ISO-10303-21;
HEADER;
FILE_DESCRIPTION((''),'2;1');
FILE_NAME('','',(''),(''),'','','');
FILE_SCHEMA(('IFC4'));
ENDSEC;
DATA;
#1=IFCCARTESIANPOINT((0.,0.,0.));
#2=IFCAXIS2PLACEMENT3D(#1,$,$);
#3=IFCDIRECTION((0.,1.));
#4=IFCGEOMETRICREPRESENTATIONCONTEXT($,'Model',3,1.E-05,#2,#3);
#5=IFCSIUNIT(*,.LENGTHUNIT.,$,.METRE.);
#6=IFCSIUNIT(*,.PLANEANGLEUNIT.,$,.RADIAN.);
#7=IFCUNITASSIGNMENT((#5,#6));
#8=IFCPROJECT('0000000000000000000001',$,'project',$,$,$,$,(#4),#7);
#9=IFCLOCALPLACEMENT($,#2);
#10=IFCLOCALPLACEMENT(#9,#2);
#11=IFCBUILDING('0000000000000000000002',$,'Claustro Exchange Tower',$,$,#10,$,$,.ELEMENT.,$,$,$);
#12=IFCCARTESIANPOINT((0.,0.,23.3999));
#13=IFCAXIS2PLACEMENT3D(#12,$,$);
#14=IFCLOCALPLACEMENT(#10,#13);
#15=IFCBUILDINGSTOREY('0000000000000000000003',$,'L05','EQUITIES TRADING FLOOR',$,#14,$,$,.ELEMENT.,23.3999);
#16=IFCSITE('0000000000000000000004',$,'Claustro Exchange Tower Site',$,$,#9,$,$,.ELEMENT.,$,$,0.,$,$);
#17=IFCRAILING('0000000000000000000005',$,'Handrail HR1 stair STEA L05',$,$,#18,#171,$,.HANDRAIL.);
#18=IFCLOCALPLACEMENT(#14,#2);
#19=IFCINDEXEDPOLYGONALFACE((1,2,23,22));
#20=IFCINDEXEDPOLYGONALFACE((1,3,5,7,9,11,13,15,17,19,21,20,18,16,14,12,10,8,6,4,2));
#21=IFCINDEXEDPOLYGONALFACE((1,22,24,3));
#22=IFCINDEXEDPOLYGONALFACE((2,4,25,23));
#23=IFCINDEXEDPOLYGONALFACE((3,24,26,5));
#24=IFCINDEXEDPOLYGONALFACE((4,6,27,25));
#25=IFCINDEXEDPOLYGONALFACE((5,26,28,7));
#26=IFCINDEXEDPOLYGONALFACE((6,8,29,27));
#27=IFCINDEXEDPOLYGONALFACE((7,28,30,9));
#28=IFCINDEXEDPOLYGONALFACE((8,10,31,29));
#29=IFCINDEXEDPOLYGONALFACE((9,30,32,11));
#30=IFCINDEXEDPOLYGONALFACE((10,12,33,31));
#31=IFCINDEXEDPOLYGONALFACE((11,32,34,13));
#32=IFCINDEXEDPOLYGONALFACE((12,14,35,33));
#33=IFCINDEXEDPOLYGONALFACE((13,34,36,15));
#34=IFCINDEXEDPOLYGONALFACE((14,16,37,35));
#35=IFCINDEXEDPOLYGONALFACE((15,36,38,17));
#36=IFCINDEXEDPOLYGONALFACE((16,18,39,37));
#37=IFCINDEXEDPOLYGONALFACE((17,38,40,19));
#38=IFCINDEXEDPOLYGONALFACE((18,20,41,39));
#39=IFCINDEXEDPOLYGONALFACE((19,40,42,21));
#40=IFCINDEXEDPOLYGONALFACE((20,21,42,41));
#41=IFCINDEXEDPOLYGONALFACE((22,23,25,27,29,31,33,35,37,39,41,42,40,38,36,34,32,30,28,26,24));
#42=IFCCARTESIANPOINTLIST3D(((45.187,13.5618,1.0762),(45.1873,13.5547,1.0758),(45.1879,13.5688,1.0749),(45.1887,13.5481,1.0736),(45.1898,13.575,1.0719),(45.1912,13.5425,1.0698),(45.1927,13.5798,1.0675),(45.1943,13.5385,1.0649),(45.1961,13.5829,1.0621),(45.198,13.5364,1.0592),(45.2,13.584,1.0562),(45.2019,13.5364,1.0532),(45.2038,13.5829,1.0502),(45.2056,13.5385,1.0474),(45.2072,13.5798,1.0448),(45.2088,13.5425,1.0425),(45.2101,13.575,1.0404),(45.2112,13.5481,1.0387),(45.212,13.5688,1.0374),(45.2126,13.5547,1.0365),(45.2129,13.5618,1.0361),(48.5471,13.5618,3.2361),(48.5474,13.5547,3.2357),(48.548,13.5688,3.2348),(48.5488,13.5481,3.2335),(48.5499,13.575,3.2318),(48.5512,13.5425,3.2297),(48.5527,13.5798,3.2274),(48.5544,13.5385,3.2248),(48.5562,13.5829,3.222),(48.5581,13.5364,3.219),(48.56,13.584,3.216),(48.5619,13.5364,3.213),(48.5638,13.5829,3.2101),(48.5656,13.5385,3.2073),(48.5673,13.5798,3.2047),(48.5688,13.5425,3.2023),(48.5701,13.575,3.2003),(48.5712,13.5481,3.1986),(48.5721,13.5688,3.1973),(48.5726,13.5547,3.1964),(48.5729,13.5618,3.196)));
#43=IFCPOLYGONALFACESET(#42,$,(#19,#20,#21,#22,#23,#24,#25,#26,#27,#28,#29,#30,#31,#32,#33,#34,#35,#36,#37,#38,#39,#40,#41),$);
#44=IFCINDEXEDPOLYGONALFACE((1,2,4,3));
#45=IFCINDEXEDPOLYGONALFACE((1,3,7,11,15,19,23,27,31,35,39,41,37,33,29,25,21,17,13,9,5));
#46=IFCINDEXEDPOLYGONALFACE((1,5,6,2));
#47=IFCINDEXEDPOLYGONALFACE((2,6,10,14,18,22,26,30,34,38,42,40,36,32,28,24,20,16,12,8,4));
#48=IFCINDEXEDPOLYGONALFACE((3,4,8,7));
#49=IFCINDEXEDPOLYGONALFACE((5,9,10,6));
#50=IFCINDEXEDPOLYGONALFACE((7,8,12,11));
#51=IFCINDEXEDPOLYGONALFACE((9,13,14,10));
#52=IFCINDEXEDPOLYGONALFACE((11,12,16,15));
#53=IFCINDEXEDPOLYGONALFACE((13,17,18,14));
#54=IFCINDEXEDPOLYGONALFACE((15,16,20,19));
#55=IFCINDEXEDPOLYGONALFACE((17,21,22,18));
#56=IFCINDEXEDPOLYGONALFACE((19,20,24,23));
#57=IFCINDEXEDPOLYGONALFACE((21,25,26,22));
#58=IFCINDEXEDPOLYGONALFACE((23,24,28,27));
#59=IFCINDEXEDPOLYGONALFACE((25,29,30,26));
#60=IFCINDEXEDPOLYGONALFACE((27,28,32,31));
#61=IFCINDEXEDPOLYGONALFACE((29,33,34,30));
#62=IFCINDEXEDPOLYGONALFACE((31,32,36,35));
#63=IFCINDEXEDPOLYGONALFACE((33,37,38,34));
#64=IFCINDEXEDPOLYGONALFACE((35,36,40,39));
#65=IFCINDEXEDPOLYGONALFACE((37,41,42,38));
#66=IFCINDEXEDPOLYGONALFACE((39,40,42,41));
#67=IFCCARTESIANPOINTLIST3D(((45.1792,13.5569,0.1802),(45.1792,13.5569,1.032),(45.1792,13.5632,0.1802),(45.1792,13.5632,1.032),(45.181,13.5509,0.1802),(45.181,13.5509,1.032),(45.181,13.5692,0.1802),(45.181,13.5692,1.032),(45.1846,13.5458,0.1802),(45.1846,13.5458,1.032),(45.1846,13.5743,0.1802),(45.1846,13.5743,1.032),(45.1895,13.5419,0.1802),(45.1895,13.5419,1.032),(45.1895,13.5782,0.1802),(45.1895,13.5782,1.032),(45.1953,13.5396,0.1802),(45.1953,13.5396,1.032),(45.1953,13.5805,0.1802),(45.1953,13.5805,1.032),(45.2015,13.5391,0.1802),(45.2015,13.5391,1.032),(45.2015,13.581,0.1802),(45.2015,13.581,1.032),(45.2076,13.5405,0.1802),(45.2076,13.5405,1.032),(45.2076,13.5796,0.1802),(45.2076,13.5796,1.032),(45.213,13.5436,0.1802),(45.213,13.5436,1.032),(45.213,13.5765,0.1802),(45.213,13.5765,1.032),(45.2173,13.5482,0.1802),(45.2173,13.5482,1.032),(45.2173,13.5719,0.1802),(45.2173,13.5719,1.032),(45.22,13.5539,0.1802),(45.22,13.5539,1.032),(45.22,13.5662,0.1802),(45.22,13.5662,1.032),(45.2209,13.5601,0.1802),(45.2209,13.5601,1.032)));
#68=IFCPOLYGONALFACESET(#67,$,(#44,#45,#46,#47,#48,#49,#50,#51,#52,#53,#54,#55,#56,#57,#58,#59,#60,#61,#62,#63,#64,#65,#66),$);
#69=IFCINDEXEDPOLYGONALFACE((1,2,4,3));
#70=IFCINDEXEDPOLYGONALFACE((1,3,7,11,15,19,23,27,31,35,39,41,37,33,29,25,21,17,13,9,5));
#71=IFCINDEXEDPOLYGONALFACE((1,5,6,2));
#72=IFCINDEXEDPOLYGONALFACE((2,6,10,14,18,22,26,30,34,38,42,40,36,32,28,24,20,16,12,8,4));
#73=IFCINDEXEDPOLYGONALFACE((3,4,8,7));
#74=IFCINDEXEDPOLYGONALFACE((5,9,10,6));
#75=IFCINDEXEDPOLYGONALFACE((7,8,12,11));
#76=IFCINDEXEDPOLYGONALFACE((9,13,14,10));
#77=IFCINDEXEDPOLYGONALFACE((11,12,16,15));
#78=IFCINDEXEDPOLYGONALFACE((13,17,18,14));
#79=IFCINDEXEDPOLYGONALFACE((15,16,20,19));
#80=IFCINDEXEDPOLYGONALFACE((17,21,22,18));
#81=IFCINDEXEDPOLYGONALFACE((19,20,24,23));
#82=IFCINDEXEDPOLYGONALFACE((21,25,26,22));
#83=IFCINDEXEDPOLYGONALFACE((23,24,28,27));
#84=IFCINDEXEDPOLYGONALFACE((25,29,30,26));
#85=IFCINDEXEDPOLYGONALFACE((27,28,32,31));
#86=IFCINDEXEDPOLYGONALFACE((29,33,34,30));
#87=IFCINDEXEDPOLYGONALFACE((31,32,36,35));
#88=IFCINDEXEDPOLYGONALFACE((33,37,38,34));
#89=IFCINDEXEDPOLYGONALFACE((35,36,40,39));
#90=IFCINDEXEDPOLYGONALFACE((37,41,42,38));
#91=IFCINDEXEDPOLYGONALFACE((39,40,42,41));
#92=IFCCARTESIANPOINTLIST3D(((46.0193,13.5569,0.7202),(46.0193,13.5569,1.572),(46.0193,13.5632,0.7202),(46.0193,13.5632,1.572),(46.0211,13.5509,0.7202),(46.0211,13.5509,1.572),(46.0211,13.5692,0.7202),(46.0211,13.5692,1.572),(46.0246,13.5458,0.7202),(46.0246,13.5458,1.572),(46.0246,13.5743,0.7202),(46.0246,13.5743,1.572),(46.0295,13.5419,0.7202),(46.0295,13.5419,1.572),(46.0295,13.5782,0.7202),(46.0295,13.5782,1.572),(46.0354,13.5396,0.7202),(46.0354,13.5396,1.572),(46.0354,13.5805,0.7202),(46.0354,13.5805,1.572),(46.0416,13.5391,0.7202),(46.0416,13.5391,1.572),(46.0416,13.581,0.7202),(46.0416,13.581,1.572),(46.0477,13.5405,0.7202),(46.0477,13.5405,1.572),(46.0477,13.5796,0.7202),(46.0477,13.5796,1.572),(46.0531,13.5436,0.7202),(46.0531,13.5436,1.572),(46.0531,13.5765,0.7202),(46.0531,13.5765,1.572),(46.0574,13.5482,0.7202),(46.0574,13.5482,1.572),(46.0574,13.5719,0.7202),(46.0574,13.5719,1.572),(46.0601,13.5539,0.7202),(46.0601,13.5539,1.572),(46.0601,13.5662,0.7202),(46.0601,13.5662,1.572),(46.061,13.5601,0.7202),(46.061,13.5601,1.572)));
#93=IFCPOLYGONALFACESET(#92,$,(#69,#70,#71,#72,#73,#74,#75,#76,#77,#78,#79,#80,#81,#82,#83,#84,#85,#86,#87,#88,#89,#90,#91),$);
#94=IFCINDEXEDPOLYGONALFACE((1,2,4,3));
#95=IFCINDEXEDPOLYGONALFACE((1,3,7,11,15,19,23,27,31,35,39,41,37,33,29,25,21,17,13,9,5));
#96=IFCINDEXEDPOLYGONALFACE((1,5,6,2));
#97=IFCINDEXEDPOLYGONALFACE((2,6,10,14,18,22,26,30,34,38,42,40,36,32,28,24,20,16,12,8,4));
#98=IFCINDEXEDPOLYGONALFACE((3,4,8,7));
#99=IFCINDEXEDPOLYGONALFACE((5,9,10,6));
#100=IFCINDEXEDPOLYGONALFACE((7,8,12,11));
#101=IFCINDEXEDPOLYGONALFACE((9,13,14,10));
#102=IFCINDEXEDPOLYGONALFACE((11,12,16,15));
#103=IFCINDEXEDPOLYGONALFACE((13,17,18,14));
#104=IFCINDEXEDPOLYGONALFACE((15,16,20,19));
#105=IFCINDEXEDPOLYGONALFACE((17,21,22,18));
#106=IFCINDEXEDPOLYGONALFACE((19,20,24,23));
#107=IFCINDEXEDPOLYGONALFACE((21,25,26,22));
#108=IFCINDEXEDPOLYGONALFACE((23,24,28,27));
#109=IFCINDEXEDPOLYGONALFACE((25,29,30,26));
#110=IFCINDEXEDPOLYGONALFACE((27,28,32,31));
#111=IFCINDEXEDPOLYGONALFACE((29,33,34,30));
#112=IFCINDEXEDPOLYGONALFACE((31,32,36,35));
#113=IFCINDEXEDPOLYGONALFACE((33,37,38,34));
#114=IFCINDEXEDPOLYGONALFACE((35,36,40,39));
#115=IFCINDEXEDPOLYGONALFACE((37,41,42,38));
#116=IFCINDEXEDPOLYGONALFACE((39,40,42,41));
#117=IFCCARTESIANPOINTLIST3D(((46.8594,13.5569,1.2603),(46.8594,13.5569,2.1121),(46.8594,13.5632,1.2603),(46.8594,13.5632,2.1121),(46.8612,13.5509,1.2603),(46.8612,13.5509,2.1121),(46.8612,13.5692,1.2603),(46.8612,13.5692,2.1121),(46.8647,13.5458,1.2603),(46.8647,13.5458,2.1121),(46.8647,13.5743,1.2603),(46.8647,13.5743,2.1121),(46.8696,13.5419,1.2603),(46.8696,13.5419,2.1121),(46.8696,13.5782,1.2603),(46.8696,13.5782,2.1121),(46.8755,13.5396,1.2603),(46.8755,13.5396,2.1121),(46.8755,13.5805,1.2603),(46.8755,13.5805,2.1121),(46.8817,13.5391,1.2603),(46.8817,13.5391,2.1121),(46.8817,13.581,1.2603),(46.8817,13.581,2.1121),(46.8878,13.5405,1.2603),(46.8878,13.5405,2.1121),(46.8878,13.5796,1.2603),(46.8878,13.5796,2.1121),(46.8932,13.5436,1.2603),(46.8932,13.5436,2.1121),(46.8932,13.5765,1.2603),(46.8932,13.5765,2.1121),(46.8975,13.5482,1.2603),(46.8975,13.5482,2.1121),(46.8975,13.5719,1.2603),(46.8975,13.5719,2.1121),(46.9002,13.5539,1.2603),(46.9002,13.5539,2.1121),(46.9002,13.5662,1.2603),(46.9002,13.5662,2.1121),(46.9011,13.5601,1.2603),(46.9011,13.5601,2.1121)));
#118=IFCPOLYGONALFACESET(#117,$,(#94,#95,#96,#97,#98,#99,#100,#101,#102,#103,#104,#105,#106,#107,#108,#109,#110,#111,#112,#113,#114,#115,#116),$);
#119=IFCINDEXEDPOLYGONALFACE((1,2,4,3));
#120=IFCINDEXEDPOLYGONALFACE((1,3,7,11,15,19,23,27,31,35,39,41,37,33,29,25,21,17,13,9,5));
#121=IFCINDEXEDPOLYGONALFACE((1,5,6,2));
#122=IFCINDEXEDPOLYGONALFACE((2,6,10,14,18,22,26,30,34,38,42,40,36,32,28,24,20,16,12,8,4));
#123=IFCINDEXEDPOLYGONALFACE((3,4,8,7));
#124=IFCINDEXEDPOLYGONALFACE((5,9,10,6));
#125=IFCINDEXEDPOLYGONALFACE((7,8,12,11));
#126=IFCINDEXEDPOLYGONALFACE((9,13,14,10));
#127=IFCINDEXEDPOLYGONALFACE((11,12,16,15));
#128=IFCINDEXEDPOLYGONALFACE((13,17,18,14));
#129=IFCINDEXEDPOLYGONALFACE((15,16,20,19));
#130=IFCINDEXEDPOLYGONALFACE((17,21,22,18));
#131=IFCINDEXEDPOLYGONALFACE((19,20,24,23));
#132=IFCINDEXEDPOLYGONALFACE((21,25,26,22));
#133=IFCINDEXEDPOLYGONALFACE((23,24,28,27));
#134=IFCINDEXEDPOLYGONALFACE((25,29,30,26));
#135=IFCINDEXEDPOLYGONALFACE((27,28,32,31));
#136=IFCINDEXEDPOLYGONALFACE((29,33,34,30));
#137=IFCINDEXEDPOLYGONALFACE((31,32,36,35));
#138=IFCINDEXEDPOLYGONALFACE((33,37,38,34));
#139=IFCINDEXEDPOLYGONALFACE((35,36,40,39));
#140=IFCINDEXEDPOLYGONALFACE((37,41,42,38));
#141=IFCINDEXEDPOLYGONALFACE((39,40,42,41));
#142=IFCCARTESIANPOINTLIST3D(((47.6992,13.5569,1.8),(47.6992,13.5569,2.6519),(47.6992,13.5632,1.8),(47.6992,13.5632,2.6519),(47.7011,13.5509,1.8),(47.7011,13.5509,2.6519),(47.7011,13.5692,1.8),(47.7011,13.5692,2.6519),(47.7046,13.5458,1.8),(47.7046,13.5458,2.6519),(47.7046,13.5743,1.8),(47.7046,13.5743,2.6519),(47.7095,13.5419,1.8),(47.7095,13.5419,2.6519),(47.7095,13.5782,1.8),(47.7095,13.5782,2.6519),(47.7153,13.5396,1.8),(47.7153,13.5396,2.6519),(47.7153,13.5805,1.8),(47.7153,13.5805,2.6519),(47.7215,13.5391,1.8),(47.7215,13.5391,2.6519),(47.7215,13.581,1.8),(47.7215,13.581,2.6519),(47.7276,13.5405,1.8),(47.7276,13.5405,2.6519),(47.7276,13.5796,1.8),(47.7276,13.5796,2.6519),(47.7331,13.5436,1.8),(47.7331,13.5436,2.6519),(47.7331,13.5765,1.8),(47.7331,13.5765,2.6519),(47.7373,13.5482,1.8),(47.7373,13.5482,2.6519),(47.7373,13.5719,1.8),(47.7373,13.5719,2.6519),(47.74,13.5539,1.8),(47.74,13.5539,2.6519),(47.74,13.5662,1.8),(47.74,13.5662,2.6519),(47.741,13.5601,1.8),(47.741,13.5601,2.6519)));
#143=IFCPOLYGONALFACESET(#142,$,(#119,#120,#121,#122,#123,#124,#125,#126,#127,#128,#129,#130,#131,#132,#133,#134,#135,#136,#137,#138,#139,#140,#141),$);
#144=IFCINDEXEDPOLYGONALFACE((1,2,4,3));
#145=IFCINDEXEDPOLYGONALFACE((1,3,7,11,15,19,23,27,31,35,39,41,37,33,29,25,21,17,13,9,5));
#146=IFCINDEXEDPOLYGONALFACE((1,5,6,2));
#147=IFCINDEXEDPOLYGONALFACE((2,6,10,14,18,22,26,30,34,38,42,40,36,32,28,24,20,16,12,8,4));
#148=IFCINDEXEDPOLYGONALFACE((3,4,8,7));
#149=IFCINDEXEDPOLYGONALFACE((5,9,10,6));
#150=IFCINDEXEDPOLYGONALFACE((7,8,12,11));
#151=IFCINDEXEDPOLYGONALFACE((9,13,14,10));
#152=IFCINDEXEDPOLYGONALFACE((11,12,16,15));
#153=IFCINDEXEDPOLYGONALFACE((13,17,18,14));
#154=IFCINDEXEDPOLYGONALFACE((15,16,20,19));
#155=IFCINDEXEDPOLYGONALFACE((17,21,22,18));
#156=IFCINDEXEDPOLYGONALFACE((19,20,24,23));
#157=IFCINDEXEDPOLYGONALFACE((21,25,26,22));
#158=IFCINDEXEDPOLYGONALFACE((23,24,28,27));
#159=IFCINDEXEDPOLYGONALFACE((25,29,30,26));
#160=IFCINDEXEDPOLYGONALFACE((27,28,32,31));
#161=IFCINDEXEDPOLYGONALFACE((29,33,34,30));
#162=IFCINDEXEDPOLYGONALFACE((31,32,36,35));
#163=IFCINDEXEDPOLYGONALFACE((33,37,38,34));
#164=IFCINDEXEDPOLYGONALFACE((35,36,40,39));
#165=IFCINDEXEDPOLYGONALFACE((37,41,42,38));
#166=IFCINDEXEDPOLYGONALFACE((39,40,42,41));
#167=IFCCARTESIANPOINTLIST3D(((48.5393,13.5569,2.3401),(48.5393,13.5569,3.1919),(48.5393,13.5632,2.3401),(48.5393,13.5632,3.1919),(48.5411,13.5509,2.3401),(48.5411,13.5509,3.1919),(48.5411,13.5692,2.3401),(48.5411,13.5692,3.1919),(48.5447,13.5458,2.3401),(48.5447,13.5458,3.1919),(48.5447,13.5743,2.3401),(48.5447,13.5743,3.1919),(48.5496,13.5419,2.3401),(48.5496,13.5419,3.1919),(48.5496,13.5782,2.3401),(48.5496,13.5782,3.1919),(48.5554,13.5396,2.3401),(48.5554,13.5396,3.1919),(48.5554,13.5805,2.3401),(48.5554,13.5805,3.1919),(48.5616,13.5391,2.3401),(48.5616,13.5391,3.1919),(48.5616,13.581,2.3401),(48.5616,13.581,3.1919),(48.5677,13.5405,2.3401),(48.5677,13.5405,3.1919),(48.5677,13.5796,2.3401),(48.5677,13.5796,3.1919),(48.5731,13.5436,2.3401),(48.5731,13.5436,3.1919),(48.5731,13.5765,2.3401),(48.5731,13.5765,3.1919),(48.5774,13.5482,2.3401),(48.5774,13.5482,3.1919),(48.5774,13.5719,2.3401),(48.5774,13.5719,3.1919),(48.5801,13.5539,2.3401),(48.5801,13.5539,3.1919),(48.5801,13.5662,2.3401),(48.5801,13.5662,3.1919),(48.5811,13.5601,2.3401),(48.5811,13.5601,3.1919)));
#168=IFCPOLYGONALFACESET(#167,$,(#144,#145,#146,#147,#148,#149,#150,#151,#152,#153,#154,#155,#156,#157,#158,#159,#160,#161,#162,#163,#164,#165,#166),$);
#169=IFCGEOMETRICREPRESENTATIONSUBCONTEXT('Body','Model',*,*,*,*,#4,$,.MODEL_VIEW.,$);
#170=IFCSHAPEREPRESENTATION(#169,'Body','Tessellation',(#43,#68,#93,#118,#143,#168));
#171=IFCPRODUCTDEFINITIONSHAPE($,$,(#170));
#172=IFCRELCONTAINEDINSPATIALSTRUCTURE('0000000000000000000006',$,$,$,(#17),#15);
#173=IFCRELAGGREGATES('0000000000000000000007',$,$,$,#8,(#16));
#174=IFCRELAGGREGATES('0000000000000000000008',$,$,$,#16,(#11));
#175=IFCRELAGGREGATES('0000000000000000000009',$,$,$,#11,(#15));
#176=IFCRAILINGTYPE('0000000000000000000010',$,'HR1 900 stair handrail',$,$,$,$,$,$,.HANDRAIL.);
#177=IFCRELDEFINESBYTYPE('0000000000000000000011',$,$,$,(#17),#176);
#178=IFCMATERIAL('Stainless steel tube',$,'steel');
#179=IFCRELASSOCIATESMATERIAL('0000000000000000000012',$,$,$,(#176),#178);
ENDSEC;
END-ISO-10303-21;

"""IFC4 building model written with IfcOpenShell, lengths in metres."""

from ifc_helpers import new_model, si_unit, direction, frame, origin, origin_2d, place, context, subcontext, project, spatial, circle, extrude, material, type_object, element, save


model = new_model("IFC4")

# Units and contexts
model_context = context("Model", 3, precision=1e-05, world=origin(), true_north=direction((0.0, 1.0)))
body_context = subcontext(model_context, "Body", "Model", "MODEL_VIEW")
ifc_project = project(units=[si_unit("LENGTHUNIT", "METRE"), si_unit("PLANEANGLEUNIT", "RADIAN")], contexts=[model_context])

# Site, building, storey
site_placement = place(None, origin())
site = spatial("IfcSite", under=ifc_project, at=site_placement, Name="Claustro Exchange Tower Site", CompositionType="ELEMENT", RefElevation=0.0)
building_placement = place(site_placement, origin())
building = spatial("IfcBuilding", under=site, at=building_placement, Name="Claustro Exchange Tower", CompositionType="ELEMENT")
storey_placement = place(building_placement, frame((0.0, 0.0, 23.3999)))
storey = spatial("IfcBuildingStorey", under=building, at=storey_placement, Name="L05", Description="EQUITIES TRADING FLOOR", CompositionType="ELEMENT", Elevation=23.3999)

# Railing
ifc_material_1 = material(Name="Stainless steel tube", Category="steel")
railing_type = type_object("IfcRailingType", Name="HR1 900 stair handrail", PredefinedType="HANDRAIL", material=ifc_material_1)
railing_placement = place(storey_placement, frame((45.2, 13.5601, 0.1802)))
element("IfcRailing", 1, at=railing_placement, inside=storey, type_object=railing_type, Name="Handrail HR1 stair STEA L05", PredefinedType="HANDRAIL", context=body_context, shape_type="SweptSolid", body=[
    extrude(circle(Radius=0.0239, at=origin_2d()), frame((0.0, 0.0, 0.876), z_axis=(0.841196, 0.0, 0.54073), x_axis=(0.0, 1.0, 0.0)), (0.0, 0.0, 1.0), 3.9944),
    extrude(circle(Radius=0.021, at=origin_2d()), origin(), (0.0, 0.0, 1.0), 0.8518),
    extrude(circle(Radius=0.021, at=origin_2d()), frame((0.8401, 0.0, 0.54)), (0.0, 0.0, 1.0), 0.8518),
    extrude(circle(Radius=0.021, at=origin_2d()), frame((1.6802, 0.0, 1.0801)), (0.0, 0.0, 1.0), 0.8518),
    extrude(circle(Radius=0.021, at=origin_2d()), frame((2.52, 0.0, 1.6199)), (0.0, 0.0, 1.0), 0.8518),
    extrude(circle(Radius=0.021, at=origin_2d()), frame((3.3601, 0.0, 2.1599)), (0.0, 0.0, 1.0), 0.8518),
])

save(model, "model.ifc")
